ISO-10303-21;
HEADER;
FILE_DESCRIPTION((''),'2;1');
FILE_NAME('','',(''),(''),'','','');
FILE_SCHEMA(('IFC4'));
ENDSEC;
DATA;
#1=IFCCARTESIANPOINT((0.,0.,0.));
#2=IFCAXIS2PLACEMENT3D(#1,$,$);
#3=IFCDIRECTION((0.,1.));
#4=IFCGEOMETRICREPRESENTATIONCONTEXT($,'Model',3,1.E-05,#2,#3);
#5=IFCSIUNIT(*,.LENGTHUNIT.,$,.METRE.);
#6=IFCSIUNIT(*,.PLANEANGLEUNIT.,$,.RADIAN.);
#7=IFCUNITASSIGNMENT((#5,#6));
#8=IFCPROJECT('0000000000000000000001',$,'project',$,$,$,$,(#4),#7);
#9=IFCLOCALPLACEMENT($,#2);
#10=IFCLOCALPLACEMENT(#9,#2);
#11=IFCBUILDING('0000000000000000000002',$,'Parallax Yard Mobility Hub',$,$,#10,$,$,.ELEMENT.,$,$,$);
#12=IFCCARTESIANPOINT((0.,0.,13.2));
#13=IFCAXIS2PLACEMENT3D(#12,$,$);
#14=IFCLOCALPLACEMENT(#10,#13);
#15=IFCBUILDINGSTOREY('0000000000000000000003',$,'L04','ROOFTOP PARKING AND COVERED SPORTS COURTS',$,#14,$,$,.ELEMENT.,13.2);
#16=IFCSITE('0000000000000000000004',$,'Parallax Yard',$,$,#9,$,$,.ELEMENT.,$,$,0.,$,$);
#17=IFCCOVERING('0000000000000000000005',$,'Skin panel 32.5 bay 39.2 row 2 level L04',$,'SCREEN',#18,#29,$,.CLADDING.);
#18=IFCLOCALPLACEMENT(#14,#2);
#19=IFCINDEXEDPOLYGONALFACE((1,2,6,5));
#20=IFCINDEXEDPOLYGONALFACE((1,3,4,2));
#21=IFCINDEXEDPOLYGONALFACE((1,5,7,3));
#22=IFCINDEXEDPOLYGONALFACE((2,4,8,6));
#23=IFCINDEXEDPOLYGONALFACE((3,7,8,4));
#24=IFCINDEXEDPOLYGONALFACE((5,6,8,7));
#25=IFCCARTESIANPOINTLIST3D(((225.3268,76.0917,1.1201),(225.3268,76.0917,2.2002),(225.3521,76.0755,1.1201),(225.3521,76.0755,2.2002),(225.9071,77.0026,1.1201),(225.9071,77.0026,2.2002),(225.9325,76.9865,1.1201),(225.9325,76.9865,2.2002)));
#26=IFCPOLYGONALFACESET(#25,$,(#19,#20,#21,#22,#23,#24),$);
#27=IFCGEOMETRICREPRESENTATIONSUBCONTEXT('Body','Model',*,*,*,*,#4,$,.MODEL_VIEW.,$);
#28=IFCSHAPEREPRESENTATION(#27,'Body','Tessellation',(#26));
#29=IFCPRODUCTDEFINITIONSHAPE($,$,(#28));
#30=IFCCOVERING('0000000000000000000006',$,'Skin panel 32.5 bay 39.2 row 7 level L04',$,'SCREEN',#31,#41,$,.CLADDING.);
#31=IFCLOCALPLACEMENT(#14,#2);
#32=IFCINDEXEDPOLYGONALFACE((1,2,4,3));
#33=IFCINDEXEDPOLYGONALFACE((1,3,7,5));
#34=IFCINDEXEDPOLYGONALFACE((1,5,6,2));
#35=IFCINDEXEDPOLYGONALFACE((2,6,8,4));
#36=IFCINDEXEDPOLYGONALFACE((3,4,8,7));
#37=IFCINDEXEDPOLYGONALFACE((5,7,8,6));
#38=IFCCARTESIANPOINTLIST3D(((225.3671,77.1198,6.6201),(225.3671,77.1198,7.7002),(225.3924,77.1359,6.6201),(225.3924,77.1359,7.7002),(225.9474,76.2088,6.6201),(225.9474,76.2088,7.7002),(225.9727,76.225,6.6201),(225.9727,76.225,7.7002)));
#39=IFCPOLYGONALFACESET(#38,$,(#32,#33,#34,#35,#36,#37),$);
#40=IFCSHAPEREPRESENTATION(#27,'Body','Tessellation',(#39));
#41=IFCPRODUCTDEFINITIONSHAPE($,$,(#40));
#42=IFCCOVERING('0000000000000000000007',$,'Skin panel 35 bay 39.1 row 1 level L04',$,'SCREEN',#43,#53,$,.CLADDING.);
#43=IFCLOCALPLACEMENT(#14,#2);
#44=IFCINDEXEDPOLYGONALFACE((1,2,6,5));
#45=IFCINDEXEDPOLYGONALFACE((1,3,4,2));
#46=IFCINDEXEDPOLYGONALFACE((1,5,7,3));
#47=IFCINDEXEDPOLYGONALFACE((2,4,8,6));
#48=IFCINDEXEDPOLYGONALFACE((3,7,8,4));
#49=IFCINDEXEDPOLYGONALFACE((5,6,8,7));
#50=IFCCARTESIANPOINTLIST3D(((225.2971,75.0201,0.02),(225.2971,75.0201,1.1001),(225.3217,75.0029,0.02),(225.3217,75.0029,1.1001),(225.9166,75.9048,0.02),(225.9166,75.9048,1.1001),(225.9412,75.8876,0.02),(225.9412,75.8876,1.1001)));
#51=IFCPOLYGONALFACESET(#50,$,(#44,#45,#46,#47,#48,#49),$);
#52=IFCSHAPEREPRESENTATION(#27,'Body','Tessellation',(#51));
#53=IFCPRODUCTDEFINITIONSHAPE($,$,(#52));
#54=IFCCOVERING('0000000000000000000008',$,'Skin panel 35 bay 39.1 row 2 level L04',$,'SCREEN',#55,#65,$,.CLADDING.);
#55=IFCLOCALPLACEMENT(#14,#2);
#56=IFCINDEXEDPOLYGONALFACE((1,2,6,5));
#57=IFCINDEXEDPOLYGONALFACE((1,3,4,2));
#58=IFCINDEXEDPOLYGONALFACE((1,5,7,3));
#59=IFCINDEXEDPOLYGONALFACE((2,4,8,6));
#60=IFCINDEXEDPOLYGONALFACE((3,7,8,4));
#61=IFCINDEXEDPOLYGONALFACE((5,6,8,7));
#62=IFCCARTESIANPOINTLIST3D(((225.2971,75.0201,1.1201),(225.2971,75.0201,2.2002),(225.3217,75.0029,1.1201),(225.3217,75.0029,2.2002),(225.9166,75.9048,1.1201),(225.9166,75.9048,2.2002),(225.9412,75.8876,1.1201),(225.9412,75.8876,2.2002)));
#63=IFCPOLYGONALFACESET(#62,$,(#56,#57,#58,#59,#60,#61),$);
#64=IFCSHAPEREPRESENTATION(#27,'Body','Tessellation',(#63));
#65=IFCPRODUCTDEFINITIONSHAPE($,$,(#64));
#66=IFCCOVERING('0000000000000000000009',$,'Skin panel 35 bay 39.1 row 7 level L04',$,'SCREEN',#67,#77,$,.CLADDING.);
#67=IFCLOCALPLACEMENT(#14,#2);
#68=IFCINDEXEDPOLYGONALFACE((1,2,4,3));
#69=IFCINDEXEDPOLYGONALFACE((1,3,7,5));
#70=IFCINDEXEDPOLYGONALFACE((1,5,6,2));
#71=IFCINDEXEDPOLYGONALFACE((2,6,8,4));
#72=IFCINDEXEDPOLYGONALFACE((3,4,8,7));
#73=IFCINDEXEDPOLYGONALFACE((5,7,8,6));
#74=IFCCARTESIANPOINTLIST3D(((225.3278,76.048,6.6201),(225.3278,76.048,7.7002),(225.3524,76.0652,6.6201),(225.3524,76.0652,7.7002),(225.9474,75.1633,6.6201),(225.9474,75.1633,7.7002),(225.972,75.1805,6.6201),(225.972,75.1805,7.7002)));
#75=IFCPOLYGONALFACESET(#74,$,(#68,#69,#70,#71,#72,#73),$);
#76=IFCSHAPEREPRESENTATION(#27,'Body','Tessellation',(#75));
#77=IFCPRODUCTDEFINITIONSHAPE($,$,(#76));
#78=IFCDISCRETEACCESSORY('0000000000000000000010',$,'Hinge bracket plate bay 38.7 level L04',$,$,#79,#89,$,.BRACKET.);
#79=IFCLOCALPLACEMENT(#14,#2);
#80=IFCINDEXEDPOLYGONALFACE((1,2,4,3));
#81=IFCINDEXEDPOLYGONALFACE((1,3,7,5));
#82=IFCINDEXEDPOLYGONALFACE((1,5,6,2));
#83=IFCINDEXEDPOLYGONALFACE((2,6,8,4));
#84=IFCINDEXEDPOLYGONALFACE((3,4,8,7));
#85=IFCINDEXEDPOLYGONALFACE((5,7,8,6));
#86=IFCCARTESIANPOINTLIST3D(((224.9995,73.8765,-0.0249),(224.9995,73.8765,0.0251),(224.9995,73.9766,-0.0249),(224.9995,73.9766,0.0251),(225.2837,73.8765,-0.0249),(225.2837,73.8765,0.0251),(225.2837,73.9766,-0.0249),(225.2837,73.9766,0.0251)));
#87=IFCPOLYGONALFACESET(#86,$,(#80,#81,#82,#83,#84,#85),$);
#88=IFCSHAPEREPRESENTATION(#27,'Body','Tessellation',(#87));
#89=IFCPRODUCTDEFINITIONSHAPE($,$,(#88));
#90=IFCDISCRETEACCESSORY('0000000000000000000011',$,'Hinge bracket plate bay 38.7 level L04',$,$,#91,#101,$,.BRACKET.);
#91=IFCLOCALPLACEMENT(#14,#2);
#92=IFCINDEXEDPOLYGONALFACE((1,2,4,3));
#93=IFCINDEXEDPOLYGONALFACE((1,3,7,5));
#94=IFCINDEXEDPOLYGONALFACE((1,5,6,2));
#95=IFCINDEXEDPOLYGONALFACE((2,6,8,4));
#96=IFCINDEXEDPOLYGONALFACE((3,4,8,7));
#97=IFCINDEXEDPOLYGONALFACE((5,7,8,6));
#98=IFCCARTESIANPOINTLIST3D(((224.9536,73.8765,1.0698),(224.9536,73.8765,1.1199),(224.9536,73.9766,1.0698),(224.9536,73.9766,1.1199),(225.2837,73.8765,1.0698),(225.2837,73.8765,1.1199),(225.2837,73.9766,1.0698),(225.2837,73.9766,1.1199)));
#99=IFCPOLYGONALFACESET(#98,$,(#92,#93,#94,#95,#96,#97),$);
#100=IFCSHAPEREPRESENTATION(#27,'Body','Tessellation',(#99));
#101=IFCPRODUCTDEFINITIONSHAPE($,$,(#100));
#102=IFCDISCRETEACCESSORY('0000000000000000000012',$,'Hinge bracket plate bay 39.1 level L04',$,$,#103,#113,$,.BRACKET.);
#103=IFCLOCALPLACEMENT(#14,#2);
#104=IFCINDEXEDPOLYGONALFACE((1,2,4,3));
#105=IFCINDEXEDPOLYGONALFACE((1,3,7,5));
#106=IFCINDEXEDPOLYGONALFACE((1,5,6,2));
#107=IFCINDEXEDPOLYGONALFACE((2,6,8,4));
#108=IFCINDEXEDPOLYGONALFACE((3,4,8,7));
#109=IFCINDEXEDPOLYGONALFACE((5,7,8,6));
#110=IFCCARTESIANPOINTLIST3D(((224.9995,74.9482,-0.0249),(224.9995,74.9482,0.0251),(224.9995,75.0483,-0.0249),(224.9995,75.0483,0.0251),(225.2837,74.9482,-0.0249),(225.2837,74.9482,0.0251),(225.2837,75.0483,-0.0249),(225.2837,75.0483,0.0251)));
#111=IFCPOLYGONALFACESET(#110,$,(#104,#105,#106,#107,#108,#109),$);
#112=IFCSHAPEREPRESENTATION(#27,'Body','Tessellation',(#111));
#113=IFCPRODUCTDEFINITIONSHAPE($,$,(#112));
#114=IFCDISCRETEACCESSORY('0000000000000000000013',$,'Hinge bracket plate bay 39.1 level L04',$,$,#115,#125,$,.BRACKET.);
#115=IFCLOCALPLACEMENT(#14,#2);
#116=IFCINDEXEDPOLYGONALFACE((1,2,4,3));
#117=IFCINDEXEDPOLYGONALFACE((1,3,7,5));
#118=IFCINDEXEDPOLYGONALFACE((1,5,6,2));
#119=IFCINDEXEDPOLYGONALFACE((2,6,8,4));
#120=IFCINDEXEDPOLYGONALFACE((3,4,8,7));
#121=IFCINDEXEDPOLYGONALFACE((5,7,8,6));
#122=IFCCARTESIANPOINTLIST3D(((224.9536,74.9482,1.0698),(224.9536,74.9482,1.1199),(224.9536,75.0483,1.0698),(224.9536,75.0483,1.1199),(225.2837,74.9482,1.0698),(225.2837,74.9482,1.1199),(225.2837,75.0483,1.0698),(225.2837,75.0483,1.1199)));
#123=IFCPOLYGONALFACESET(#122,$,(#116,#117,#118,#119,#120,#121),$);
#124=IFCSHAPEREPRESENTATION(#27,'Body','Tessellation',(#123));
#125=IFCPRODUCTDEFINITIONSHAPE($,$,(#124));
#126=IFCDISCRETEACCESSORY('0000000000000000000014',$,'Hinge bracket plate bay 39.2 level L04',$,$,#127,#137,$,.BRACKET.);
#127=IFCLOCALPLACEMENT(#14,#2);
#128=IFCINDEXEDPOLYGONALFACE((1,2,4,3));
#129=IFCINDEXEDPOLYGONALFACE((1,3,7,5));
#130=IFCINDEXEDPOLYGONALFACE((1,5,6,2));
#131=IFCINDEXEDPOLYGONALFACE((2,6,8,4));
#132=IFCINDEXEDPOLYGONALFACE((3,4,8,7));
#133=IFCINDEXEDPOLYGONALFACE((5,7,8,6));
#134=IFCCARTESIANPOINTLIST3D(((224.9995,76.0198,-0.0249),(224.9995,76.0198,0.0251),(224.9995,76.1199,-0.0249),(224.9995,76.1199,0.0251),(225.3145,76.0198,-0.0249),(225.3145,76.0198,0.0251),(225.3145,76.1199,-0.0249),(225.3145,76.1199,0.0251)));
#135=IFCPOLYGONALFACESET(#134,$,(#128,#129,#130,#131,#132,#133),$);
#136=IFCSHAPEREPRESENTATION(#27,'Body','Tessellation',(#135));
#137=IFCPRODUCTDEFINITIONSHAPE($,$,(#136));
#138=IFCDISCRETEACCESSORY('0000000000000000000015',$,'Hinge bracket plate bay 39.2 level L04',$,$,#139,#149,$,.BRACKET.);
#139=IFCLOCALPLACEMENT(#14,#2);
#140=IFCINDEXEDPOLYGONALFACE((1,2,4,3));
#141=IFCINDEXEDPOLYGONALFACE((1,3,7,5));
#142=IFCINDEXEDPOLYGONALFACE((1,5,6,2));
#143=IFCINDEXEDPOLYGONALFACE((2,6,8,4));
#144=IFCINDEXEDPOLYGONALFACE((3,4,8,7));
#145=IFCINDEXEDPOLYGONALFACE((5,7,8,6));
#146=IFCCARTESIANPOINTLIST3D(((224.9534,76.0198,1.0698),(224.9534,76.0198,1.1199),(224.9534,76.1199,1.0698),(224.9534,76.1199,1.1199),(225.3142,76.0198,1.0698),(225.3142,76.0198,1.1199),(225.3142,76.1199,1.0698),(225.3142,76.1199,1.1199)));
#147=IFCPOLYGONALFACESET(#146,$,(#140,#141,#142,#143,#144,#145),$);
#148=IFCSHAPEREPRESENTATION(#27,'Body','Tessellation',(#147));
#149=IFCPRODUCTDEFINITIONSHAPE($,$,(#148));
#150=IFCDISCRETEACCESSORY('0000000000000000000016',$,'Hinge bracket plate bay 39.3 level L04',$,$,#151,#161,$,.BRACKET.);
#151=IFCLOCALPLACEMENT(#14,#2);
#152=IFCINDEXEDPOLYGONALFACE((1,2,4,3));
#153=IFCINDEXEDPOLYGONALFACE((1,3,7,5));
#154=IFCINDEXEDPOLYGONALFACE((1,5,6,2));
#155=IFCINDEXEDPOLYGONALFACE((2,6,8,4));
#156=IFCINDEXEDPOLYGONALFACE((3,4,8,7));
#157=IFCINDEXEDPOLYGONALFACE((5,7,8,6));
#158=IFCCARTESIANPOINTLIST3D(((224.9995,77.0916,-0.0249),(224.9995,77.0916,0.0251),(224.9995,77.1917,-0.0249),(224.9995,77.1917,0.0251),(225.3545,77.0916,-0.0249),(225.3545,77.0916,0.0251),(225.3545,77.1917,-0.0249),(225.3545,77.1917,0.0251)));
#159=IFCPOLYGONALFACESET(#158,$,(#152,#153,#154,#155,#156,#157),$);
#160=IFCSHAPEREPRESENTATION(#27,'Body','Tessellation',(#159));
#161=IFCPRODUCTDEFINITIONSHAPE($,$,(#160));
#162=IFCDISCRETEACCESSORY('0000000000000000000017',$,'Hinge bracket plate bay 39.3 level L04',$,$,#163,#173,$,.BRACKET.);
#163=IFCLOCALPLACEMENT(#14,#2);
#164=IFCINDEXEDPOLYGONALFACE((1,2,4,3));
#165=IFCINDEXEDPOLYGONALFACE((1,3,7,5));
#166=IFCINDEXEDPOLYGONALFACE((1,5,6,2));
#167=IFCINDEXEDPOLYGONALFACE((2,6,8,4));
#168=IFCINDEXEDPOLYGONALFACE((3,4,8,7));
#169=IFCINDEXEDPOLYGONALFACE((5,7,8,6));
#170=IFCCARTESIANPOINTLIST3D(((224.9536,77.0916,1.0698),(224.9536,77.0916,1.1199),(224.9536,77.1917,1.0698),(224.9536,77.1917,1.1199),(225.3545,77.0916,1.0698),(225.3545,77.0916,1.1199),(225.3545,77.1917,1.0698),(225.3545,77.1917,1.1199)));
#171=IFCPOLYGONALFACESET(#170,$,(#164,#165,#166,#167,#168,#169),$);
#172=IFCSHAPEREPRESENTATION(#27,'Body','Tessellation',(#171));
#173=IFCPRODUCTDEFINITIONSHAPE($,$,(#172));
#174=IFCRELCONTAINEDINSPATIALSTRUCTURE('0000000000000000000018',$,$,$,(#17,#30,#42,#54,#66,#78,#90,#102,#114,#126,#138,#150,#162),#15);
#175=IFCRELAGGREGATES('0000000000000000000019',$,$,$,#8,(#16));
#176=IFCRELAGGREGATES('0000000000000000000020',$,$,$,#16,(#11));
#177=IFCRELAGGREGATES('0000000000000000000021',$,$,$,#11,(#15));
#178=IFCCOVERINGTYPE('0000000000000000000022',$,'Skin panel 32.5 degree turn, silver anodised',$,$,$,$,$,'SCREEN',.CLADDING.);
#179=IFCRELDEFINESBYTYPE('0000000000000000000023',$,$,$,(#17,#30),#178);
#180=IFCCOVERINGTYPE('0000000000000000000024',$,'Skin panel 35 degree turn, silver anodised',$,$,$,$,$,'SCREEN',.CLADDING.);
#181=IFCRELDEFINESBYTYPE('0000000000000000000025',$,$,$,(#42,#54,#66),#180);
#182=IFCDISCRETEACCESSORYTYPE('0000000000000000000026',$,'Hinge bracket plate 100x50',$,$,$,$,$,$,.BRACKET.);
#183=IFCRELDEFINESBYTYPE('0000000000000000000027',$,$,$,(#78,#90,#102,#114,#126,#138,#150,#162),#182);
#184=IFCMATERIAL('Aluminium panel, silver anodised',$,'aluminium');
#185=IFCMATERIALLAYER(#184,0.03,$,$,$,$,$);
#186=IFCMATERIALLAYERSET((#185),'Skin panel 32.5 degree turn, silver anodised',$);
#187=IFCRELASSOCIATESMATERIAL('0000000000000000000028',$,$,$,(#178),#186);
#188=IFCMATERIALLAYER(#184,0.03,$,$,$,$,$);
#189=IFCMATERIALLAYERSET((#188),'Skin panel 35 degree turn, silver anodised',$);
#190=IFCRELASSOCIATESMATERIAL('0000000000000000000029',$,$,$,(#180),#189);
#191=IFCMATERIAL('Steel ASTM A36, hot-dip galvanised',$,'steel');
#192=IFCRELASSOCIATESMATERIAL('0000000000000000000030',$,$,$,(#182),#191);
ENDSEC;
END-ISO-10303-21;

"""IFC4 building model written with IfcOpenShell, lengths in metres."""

from ifc_helpers import new_model, si_unit, direction, frame, origin, origin_2d, place, context, subcontext, project, spatial, rectangle, extrude, material, layer, layer_set, type_object, element, save


model = new_model("IFC4")

# Units and contexts
model_context = context("Model", 3, precision=1e-05, world=origin(), true_north=direction((0.0, 1.0)))
body_context = subcontext(model_context, "Body", "Model", "MODEL_VIEW")
ifc_project = project(units=[si_unit("LENGTHUNIT", "METRE"), si_unit("PLANEANGLEUNIT", "RADIAN")], contexts=[model_context])

# Site, building, storey
site_placement = place(None, origin())
site = spatial("IfcSite", under=ifc_project, at=site_placement, Name="Parallax Yard", CompositionType="ELEMENT", RefElevation=0.0)
building_placement = place(site_placement, origin())
building = spatial("IfcBuilding", under=site, at=building_placement, Name="Parallax Yard Mobility Hub", CompositionType="ELEMENT")
storey_placement = place(building_placement, frame((0.0, 0.0, 13.2)))
storey = spatial("IfcBuildingStorey", under=building, at=storey_placement, Name="L04", Description="ROOFTOP PARKING AND COVERED SPORTS COURTS", CompositionType="ELEMENT", Elevation=13.2)

# Coverings
ifc_material_1 = material(Name="Aluminium panel, silver anodised", Category="aluminium")
ifc_layer_1 = layer(ifc_material_1, 0.03)
ifc_layer_set_1 = layer_set([ifc_layer_1], Name="Skin panel 32.5 degree turn, silver anodised")
covering_type_1 = type_object("IfcCoveringType", Name="Skin panel 32.5 degree turn, silver anodised", ElementType="SCREEN", PredefinedType="CLADDING", material=ifc_layer_set_1)
for number, where, z_axis, x_axis, name in (
    (1, (225.6296, 76.5391, 1.1201), (0.0, 0.0, 1.0), (0.5373, 0.843391, 0.0), "Skin panel 32.5 bay 39.2 row 2 level L04"),
    (2, (225.6699, 76.6724, 6.6201), (0.0, 0.0, 1.0), (0.5373, -0.843391, 0.0), "Skin panel 32.5 bay 39.2 row 7 level L04"),
):
    element("IfcCovering", number, at=place(storey_placement, frame(where, z_axis=z_axis, x_axis=x_axis)), inside=storey, type_object=covering_type_1, Name=name, ObjectType="SCREEN", PredefinedType="CLADDING", context=body_context, shape_type="SweptSolid", body=[
        extrude(rectangle(XDim=1.0801, YDim=0.03, at=origin_2d()), origin(), (0.0, 0.0, 1.0), 1.0801),
    ])
ifc_layer_2 = layer(ifc_material_1, 0.03)
ifc_layer_set_2 = layer_set([ifc_layer_2], Name="Skin panel 35 degree turn, silver anodised")
covering_type_2 = type_object("IfcCoveringType", Name="Skin panel 35 degree turn, silver anodised", ElementType="SCREEN", PredefinedType="CLADDING", material=ifc_layer_set_2)
for number, where, z_axis, x_axis, name in (
    (3, (225.6191, 75.4539, 0.02), (0.0, 0.0, 1.0), (0.573576, 0.819152, 0.0), "Skin panel 35 bay 39.1 row 1 level L04"),
    (4, (225.6191, 75.4539, 1.1201), (0.0, 0.0, 1.0), (0.573576, 0.819152, 0.0), "Skin panel 35 bay 39.1 row 2 level L04"),
    (5, (225.6499, 75.6143, 6.6201), (0.0, 0.0, 1.0), (0.573576, -0.819152, 0.0), "Skin panel 35 bay 39.1 row 7 level L04"),
):
    element("IfcCovering", number, at=place(storey_placement, frame(where, z_axis=z_axis, x_axis=x_axis)), inside=storey, type_object=covering_type_2, Name=name, ObjectType="SCREEN", PredefinedType="CLADDING", context=body_context, shape_type="SweptSolid", body=[
        extrude(rectangle(XDim=1.0801, YDim=0.03, at=origin_2d()), origin(), (0.0, 0.0, 1.0), 1.0801),
    ])

# Discrete accessories
ifc_material_2 = material(Name="Steel ASTM A36, hot-dip galvanised", Category="steel")
discrete_accessory_type_1 = type_object("IfcDiscreteAccessoryType", Name="Hinge bracket plate 100x50", PredefinedType="BRACKET", material=ifc_material_2)
discrete_accessory_1_placement = place(storey_placement, frame((225.1416, 73.9265, -0.0249), z_axis=(0.0, 0.0, 1.0), x_axis=(1.0, 0.0, 0.0)))
element("IfcDiscreteAccessory", 6, at=discrete_accessory_1_placement, inside=storey, type_object=discrete_accessory_type_1, Name="Hinge bracket plate bay 38.7 level L04", PredefinedType="BRACKET", context=body_context, shape_type="SweptSolid", body=[
    extrude(rectangle(XDim=0.2842, YDim=0.1001, at=origin_2d()), origin(), (0.0, 0.0, 1.0), 0.05),
])
discrete_accessory_2_placement = place(storey_placement, frame((225.1187, 73.9265, 1.0698), z_axis=(0.0, 0.0, 1.0), x_axis=(1.0, 0.0, 0.0)))
element("IfcDiscreteAccessory", 7, at=discrete_accessory_2_placement, inside=storey, type_object=discrete_accessory_type_1, Name="Hinge bracket plate bay 38.7 level L04", PredefinedType="BRACKET", context=body_context, shape_type="SweptSolid", body=[
    extrude(rectangle(XDim=0.3301, YDim=0.1001, at=origin_2d()), origin(), (0.0, 0.0, 1.0), 0.05),
])
discrete_accessory_3_placement = place(storey_placement, frame((225.1416, 74.9983, -0.0249), z_axis=(0.0, 0.0, 1.0), x_axis=(1.0, 0.0, 0.0)))
element("IfcDiscreteAccessory", 8, at=discrete_accessory_3_placement, inside=storey, type_object=discrete_accessory_type_1, Name="Hinge bracket plate bay 39.1 level L04", PredefinedType="BRACKET", context=body_context, shape_type="SweptSolid", body=[
    extrude(rectangle(XDim=0.2842, YDim=0.1001, at=origin_2d()), origin(), (0.0, 0.0, 1.0), 0.05),
])
discrete_accessory_4_placement = place(storey_placement, frame((225.1187, 74.9983, 1.0698), z_axis=(0.0, 0.0, 1.0), x_axis=(1.0, 0.0, 0.0)))
element("IfcDiscreteAccessory", 9, at=discrete_accessory_4_placement, inside=storey, type_object=discrete_accessory_type_1, Name="Hinge bracket plate bay 39.1 level L04", PredefinedType="BRACKET", context=body_context, shape_type="SweptSolid", body=[
    extrude(rectangle(XDim=0.3301, YDim=0.1001, at=origin_2d()), origin(), (0.0, 0.0, 1.0), 0.05),
])
discrete_accessory_5_placement = place(storey_placement, frame((225.157, 76.0698, -0.0249), z_axis=(0.0, 0.0, 1.0), x_axis=(1.0, 0.0, 0.0)))
element("IfcDiscreteAccessory", 10, at=discrete_accessory_5_placement, inside=storey, type_object=discrete_accessory_type_1, Name="Hinge bracket plate bay 39.2 level L04", PredefinedType="BRACKET", context=body_context, shape_type="SweptSolid", body=[
    extrude(rectangle(XDim=0.3149, YDim=0.1001, at=origin_2d()), origin(), (0.0, 0.0, 1.0), 0.05),
])
discrete_accessory_6_placement = place(storey_placement, frame((225.1338, 76.0698, 1.0698), z_axis=(0.0, 0.0, 1.0), x_axis=(1.0, 0.0, 0.0)))
element("IfcDiscreteAccessory", 11, at=discrete_accessory_6_placement, inside=storey, type_object=discrete_accessory_type_1, Name="Hinge bracket plate bay 39.2 level L04", PredefinedType="BRACKET", context=body_context, shape_type="SweptSolid", body=[
    extrude(rectangle(XDim=0.3608, YDim=0.1001, at=origin_2d()), origin(), (0.0, 0.0, 1.0), 0.05),
])
discrete_accessory_7_placement = place(storey_placement, frame((225.177, 77.1416, -0.0249), z_axis=(0.0, 0.0, 1.0), x_axis=(1.0, 0.0, 0.0)))
element("IfcDiscreteAccessory", 12, at=discrete_accessory_7_placement, inside=storey, type_object=discrete_accessory_type_1, Name="Hinge bracket plate bay 39.3 level L04", PredefinedType="BRACKET", context=body_context, shape_type="SweptSolid", body=[
    extrude(rectangle(XDim=0.355, YDim=0.1001, at=origin_2d()), origin(), (0.0, 0.0, 1.0), 0.05),
])
discrete_accessory_8_placement = place(storey_placement, frame((225.1541, 77.1416, 1.0698), z_axis=(0.0, 0.0, 1.0), x_axis=(1.0, 0.0, 0.0)))
element("IfcDiscreteAccessory", 13, at=discrete_accessory_8_placement, inside=storey, type_object=discrete_accessory_type_1, Name="Hinge bracket plate bay 39.3 level L04", PredefinedType="BRACKET", context=body_context, shape_type="SweptSolid", body=[
    extrude(rectangle(XDim=0.4009, YDim=0.1001, at=origin_2d()), origin(), (0.0, 0.0, 1.0), 0.05),
])

save(model, "model.ifc")
